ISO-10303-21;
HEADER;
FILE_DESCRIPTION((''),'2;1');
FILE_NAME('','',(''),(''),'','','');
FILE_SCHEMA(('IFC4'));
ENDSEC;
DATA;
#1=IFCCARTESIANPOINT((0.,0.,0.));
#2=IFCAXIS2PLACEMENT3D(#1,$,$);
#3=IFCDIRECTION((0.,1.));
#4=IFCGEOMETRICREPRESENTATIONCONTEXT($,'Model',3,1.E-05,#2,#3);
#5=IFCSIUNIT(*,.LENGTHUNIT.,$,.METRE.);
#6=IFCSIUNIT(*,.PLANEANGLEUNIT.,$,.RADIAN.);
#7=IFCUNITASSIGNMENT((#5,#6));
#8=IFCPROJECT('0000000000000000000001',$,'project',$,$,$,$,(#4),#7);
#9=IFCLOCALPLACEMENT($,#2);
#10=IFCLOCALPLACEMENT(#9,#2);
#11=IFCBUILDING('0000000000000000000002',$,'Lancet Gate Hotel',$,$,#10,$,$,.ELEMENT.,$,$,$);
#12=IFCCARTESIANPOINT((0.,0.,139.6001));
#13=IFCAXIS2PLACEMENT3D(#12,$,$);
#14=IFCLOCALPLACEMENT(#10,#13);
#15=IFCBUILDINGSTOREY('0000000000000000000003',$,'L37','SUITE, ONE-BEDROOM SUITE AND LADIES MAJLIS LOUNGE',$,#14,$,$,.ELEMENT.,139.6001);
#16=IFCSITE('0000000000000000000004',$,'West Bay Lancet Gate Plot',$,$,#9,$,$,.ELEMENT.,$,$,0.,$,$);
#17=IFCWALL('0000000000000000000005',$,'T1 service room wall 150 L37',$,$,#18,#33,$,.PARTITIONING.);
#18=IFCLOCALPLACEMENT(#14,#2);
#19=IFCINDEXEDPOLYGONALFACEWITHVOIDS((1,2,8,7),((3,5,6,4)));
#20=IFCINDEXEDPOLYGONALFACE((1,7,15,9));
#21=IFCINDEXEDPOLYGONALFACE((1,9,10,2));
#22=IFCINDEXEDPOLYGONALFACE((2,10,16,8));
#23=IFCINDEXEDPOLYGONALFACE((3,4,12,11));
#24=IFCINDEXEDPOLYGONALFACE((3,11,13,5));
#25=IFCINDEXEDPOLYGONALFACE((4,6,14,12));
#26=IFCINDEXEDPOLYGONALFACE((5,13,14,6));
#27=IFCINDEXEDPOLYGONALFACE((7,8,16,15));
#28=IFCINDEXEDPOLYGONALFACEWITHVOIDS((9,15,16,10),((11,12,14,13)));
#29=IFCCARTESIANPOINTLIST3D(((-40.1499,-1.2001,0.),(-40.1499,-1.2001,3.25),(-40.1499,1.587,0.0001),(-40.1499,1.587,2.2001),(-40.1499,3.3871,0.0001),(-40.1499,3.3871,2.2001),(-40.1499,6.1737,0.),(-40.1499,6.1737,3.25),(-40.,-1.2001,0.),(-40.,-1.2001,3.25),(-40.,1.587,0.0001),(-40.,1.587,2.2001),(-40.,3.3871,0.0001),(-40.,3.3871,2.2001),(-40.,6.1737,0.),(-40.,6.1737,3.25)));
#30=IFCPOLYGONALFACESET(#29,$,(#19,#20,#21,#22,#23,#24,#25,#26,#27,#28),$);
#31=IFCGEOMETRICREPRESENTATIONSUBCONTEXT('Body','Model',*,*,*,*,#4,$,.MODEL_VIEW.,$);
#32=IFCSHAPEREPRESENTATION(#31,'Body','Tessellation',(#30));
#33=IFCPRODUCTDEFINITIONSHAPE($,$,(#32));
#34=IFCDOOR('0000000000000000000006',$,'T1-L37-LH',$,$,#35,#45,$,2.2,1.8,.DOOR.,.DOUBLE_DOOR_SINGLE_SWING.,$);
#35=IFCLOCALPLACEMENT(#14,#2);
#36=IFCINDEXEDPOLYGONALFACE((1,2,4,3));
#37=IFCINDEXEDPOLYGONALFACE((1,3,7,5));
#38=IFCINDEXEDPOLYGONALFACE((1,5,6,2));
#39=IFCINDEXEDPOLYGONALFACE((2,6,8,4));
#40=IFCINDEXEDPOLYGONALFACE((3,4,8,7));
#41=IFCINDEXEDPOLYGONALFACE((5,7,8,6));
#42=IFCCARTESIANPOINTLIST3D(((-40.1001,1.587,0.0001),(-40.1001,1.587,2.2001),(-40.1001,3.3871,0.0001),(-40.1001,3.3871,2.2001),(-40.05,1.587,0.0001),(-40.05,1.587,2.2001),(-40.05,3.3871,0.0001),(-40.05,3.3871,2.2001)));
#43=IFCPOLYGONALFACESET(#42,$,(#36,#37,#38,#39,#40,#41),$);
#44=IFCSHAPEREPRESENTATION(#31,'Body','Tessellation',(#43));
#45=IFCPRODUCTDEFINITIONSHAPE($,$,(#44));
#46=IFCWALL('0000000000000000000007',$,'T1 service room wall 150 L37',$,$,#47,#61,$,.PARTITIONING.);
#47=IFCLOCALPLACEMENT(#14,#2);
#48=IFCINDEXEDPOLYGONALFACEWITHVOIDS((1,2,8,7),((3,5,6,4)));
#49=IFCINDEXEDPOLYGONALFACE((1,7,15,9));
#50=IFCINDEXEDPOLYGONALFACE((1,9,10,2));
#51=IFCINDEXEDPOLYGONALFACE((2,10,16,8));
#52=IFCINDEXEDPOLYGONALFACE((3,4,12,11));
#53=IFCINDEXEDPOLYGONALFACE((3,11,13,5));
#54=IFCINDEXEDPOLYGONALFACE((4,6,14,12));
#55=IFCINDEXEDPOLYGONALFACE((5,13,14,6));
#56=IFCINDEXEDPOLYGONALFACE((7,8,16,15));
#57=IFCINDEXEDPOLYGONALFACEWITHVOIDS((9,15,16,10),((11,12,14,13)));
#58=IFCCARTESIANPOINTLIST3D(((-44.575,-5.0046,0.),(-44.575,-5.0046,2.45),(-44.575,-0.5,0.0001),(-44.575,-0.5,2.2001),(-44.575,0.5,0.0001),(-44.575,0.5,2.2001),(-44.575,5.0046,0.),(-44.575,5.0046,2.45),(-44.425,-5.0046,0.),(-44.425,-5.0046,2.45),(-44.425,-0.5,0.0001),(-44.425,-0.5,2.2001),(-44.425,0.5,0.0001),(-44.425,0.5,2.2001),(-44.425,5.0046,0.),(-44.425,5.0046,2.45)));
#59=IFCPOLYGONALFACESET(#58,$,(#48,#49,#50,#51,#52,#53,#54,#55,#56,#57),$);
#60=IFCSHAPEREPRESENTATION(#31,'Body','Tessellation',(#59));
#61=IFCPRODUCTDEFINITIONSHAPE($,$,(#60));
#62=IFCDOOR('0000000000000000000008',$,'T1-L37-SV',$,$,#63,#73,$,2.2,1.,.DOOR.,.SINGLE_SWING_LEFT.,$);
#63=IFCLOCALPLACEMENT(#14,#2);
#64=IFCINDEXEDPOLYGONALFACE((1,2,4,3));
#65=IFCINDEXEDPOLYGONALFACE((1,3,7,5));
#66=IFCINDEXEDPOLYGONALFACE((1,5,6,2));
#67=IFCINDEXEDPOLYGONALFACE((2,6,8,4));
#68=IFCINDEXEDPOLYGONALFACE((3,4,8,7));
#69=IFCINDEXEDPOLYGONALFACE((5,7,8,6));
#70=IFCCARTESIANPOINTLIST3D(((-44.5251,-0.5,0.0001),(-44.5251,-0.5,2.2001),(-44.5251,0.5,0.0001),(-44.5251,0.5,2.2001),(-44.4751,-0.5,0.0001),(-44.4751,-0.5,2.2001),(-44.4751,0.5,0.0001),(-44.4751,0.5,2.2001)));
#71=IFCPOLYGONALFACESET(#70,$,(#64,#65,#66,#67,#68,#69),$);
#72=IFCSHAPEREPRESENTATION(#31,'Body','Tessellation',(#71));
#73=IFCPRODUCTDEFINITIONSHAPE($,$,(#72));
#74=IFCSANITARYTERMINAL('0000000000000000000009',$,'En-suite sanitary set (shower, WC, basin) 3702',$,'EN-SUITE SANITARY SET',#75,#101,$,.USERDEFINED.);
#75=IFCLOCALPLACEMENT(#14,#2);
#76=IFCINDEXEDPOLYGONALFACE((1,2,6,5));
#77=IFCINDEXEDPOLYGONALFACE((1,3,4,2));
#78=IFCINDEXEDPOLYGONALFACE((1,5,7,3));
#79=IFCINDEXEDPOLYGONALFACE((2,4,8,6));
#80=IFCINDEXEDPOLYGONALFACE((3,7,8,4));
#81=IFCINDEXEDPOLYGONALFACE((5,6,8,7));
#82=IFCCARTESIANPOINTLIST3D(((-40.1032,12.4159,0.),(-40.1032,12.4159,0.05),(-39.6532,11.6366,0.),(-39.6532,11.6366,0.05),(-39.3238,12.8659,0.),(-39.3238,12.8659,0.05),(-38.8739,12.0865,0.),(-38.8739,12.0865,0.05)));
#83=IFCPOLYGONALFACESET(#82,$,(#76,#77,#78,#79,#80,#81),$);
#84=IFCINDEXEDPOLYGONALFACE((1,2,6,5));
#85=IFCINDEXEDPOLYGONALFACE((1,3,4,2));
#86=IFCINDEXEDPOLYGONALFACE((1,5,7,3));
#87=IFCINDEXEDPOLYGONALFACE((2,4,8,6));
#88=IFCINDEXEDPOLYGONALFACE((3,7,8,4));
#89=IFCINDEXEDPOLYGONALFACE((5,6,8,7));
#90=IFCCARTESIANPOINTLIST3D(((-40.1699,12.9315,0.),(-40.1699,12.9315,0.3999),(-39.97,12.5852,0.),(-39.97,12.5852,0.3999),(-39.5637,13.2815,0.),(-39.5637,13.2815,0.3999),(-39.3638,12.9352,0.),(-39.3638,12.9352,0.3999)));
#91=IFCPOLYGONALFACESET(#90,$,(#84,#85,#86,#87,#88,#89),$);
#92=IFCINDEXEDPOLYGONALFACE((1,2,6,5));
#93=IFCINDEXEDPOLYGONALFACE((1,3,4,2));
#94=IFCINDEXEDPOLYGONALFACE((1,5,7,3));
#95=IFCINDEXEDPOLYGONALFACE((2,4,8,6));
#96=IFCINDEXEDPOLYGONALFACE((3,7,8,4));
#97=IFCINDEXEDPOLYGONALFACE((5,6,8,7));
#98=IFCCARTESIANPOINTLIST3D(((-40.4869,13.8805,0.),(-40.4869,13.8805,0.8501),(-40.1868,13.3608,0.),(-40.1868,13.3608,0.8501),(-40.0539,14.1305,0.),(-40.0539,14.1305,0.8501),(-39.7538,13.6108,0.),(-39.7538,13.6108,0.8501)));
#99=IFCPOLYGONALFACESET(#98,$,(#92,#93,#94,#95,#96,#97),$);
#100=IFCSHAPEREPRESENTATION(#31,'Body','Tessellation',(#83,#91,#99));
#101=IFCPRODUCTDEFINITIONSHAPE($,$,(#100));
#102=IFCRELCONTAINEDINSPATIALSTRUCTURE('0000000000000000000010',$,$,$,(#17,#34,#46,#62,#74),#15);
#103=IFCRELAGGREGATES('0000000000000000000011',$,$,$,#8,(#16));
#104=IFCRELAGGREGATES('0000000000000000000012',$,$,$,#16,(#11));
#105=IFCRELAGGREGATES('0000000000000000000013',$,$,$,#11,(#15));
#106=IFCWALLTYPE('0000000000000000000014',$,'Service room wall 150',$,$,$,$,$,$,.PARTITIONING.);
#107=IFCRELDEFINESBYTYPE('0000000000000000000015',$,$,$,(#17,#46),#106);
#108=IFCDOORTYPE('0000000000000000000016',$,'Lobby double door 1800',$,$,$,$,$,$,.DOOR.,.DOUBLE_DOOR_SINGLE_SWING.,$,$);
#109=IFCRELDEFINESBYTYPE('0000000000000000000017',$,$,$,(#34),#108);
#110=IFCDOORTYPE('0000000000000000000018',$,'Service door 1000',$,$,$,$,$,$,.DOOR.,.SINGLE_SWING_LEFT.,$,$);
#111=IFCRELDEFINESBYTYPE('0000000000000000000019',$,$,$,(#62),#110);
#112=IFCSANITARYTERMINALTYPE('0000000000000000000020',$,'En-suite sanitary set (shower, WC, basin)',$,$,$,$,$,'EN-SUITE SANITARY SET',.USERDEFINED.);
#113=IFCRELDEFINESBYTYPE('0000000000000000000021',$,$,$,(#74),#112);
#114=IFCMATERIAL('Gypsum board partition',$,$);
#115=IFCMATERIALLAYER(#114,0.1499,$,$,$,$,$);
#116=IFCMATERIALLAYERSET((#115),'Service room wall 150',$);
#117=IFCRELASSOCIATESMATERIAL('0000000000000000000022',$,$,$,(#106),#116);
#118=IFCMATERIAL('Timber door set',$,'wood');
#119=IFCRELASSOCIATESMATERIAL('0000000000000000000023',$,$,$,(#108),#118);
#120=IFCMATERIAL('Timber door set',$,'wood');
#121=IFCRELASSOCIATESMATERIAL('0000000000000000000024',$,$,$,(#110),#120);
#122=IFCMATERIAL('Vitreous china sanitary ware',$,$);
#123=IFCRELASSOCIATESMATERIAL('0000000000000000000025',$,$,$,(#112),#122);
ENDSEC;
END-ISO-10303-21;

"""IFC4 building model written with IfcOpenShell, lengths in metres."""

from ifc_helpers import new_model, si_unit, direction, frame, frame_2d, origin, origin_2d, place, context, subcontext, project, spatial, rectangle, extrude, material, layer, layer_set, type_object, element, fill, save


model = new_model("IFC4")

# Units and contexts
model_context = context("Model", 3, precision=1e-05, world=origin(), true_north=direction((0.0, 1.0)))
body_context = subcontext(model_context, "Body", "Model", "MODEL_VIEW")
ifc_project = project(units=[si_unit("LENGTHUNIT", "METRE"), si_unit("PLANEANGLEUNIT", "RADIAN")], contexts=[model_context])

# Site, building, storey
site_placement = place(None, origin())
site = spatial("IfcSite", under=ifc_project, at=site_placement, Name="West Bay Lancet Gate Plot", CompositionType="ELEMENT", RefElevation=0.0)
building_placement = place(site_placement, origin())
building = spatial("IfcBuilding", under=site, at=building_placement, Name="Lancet Gate Hotel", CompositionType="ELEMENT")
storey_placement = place(building_placement, frame((0.0, 0.0, 139.6001)))
storey = spatial("IfcBuildingStorey", under=building, at=storey_placement, Name="L37", Description="SUITE, ONE-BEDROOM SUITE AND LADIES MAJLIS LOUNGE", CompositionType="ELEMENT", Elevation=139.6001)

# Walls, openings, doors
ifc_material_1 = material(Name="Gypsum board partition")
ifc_layer_1 = layer(ifc_material_1, 0.1499)
ifc_layer_set_1 = layer_set([ifc_layer_1], Name="Service room wall 150")
wall_type_1 = type_object("IfcWallType", Name="Service room wall 150", PredefinedType="PARTITIONING", material=ifc_layer_set_1)
wall_1_placement = place(storey_placement, frame((-40.075, 6.1738, 0.0), z_axis=(0.0, 0.0, 1.0), x_axis=(0.0, -1.0, 0.0)))
wall_1 = element("IfcWall", 1, at=wall_1_placement, inside=storey, type_object=wall_type_1, Name="T1 service room wall 150 L37", PredefinedType="PARTITIONING", context=body_context, shape_type="SweptSolid", body=[
    extrude(rectangle(XDim=7.3738, YDim=0.1499, at=frame_2d((3.687, 0.0))), origin(), (0.0, 0.0, 1.0), 3.25),
])
opening_1_placement = place(wall_1_placement, frame((2.7869, 0.0, 0.0)))
opening_1 = element("IfcOpeningElement", 2, at=opening_1_placement, cuts=wall_1, PredefinedType="OPENING", context=body_context, shape_type="SweptSolid", body=[
    extrude(rectangle(XDim=1.8, YDim=2.2, at=frame_2d((0.8999, 1.1001))), frame((0.0, 0.085, 0.0), z_axis=(0.0, -1.0, 0.0), x_axis=(1.0, 0.0, 0.0)), (0.0, 0.0, 1.0), 0.1699),
])
ifc_material_2 = material(Name="Timber door set", Category="wood")
door_type_1 = type_object("IfcDoorType", Name="Lobby double door 1800", OperationType="DOUBLE_DOOR_SINGLE_SWING", PredefinedType="DOOR", material=ifc_material_2)
door_1_placement = place(opening_1_placement, origin())
door_1 = element("IfcDoor", 3, at=door_1_placement, inside=storey, type_object=door_type_1, Name="T1-L37-LH", OperationType="DOUBLE_DOOR_SINGLE_SWING", OverallHeight=2.2, OverallWidth=1.8, PredefinedType="DOOR", context=body_context, shape_type="SweptSolid", body=[
    extrude(rectangle(XDim=1.8, YDim=2.2, at=frame_2d((0.8999, 1.1001))), frame((0.0, 0.0249, 0.0), z_axis=(0.0, -1.0, 0.0), x_axis=(1.0, 0.0, 0.0)), (0.0, 0.0, 1.0), 0.05),
])
fill(opening_1, door_1)
wall_2_placement = place(storey_placement, frame((-44.5, 5.0046, 0.0), z_axis=(0.0, 0.0, 1.0), x_axis=(0.0, -1.0, 0.0)))
wall_2 = element("IfcWall", 4, at=wall_2_placement, inside=storey, type_object=wall_type_1, Name="T1 service room wall 150 L37", PredefinedType="PARTITIONING", context=body_context, shape_type="SweptSolid", body=[
    extrude(rectangle(XDim=10.0093, YDim=0.1499, at=frame_2d((5.0046, 0.0))), origin(), (0.0, 0.0, 1.0), 2.45),
])
opening_2_placement = place(wall_2_placement, frame((4.5046, 0.0, 0.0)))
opening_2 = element("IfcOpeningElement", 5, at=opening_2_placement, cuts=wall_2, PredefinedType="OPENING", context=body_context, shape_type="SweptSolid", body=[
    extrude(rectangle(XDim=1.0, YDim=2.2, at=frame_2d((0.5, 1.1001))), frame((0.0, 0.085, 0.0), z_axis=(0.0, -1.0, 0.0), x_axis=(1.0, 0.0, 0.0)), (0.0, 0.0, 1.0), 0.1699),
])
ifc_material_3 = material(Name="Timber door set", Category="wood")
door_type_2 = type_object("IfcDoorType", Name="Service door 1000", OperationType="SINGLE_SWING_LEFT", PredefinedType="DOOR", material=ifc_material_3)
door_2_placement = place(opening_2_placement, origin())
door_2 = element("IfcDoor", 6, at=door_2_placement, inside=storey, type_object=door_type_2, Name="T1-L37-SV", OperationType="SINGLE_SWING_LEFT", OverallHeight=2.2, OverallWidth=1.0, PredefinedType="DOOR", context=body_context, shape_type="SweptSolid", body=[
    extrude(rectangle(XDim=1.0, YDim=2.2, at=frame_2d((0.5, 1.1001))), frame((0.0, 0.0249, 0.0), z_axis=(0.0, -1.0, 0.0), x_axis=(1.0, 0.0, 0.0)), (0.0, 0.0, 1.0), 0.05),
])
fill(opening_2, door_2)

# Sanitary terminal
ifc_material_4 = material(Name="Vitreous china sanitary ware")
sanitary_terminal_type = type_object("IfcSanitaryTerminalType", Name="En-suite sanitary set (shower, WC, basin)", ElementType="EN-SUITE SANITARY SET", PredefinedType="USERDEFINED", material=ifc_material_4)
sanitary_terminal_placement = place(storey_placement, frame((-39.4885, 12.2512, 0.0), z_axis=(0.0, 0.0, 1.0), x_axis=(1.0, 0.0, 0.0)))
element("IfcSanitaryTerminal", 7, at=sanitary_terminal_placement, inside=storey, type_object=sanitary_terminal_type, Name="En-suite sanitary set (shower, WC, basin) 3702", ObjectType="EN-SUITE SANITARY SET", PredefinedType="USERDEFINED", context=body_context, shape_type="SweptSolid", body=[
    extrude(rectangle(XDim=0.8999, YDim=0.8999, at=origin_2d()), frame((0.0, 0.0, 0.0), z_axis=(0.0, 0.0, 1.0), x_axis=(0.5, -0.866025, 0.0)), (0.0, 0.0, 1.0), 0.05),
    extrude(rectangle(XDim=0.3999, YDim=0.7, at=origin_2d()), frame((-0.2783, 0.6821, 0.0), z_axis=(0.0, 0.0, 1.0), x_axis=(0.5, -0.866025, 0.0)), (0.0, 0.0, 1.0), 0.3999),
    extrude(rectangle(XDim=0.6001, YDim=0.5, at=origin_2d()), frame((-0.6318, 1.4944, 0.0), z_axis=(0.0, 0.0, 1.0), x_axis=(0.5, -0.866025, 0.0)), (0.0, 0.0, 1.0), 0.8501),
])

save(model, "model.ifc")
